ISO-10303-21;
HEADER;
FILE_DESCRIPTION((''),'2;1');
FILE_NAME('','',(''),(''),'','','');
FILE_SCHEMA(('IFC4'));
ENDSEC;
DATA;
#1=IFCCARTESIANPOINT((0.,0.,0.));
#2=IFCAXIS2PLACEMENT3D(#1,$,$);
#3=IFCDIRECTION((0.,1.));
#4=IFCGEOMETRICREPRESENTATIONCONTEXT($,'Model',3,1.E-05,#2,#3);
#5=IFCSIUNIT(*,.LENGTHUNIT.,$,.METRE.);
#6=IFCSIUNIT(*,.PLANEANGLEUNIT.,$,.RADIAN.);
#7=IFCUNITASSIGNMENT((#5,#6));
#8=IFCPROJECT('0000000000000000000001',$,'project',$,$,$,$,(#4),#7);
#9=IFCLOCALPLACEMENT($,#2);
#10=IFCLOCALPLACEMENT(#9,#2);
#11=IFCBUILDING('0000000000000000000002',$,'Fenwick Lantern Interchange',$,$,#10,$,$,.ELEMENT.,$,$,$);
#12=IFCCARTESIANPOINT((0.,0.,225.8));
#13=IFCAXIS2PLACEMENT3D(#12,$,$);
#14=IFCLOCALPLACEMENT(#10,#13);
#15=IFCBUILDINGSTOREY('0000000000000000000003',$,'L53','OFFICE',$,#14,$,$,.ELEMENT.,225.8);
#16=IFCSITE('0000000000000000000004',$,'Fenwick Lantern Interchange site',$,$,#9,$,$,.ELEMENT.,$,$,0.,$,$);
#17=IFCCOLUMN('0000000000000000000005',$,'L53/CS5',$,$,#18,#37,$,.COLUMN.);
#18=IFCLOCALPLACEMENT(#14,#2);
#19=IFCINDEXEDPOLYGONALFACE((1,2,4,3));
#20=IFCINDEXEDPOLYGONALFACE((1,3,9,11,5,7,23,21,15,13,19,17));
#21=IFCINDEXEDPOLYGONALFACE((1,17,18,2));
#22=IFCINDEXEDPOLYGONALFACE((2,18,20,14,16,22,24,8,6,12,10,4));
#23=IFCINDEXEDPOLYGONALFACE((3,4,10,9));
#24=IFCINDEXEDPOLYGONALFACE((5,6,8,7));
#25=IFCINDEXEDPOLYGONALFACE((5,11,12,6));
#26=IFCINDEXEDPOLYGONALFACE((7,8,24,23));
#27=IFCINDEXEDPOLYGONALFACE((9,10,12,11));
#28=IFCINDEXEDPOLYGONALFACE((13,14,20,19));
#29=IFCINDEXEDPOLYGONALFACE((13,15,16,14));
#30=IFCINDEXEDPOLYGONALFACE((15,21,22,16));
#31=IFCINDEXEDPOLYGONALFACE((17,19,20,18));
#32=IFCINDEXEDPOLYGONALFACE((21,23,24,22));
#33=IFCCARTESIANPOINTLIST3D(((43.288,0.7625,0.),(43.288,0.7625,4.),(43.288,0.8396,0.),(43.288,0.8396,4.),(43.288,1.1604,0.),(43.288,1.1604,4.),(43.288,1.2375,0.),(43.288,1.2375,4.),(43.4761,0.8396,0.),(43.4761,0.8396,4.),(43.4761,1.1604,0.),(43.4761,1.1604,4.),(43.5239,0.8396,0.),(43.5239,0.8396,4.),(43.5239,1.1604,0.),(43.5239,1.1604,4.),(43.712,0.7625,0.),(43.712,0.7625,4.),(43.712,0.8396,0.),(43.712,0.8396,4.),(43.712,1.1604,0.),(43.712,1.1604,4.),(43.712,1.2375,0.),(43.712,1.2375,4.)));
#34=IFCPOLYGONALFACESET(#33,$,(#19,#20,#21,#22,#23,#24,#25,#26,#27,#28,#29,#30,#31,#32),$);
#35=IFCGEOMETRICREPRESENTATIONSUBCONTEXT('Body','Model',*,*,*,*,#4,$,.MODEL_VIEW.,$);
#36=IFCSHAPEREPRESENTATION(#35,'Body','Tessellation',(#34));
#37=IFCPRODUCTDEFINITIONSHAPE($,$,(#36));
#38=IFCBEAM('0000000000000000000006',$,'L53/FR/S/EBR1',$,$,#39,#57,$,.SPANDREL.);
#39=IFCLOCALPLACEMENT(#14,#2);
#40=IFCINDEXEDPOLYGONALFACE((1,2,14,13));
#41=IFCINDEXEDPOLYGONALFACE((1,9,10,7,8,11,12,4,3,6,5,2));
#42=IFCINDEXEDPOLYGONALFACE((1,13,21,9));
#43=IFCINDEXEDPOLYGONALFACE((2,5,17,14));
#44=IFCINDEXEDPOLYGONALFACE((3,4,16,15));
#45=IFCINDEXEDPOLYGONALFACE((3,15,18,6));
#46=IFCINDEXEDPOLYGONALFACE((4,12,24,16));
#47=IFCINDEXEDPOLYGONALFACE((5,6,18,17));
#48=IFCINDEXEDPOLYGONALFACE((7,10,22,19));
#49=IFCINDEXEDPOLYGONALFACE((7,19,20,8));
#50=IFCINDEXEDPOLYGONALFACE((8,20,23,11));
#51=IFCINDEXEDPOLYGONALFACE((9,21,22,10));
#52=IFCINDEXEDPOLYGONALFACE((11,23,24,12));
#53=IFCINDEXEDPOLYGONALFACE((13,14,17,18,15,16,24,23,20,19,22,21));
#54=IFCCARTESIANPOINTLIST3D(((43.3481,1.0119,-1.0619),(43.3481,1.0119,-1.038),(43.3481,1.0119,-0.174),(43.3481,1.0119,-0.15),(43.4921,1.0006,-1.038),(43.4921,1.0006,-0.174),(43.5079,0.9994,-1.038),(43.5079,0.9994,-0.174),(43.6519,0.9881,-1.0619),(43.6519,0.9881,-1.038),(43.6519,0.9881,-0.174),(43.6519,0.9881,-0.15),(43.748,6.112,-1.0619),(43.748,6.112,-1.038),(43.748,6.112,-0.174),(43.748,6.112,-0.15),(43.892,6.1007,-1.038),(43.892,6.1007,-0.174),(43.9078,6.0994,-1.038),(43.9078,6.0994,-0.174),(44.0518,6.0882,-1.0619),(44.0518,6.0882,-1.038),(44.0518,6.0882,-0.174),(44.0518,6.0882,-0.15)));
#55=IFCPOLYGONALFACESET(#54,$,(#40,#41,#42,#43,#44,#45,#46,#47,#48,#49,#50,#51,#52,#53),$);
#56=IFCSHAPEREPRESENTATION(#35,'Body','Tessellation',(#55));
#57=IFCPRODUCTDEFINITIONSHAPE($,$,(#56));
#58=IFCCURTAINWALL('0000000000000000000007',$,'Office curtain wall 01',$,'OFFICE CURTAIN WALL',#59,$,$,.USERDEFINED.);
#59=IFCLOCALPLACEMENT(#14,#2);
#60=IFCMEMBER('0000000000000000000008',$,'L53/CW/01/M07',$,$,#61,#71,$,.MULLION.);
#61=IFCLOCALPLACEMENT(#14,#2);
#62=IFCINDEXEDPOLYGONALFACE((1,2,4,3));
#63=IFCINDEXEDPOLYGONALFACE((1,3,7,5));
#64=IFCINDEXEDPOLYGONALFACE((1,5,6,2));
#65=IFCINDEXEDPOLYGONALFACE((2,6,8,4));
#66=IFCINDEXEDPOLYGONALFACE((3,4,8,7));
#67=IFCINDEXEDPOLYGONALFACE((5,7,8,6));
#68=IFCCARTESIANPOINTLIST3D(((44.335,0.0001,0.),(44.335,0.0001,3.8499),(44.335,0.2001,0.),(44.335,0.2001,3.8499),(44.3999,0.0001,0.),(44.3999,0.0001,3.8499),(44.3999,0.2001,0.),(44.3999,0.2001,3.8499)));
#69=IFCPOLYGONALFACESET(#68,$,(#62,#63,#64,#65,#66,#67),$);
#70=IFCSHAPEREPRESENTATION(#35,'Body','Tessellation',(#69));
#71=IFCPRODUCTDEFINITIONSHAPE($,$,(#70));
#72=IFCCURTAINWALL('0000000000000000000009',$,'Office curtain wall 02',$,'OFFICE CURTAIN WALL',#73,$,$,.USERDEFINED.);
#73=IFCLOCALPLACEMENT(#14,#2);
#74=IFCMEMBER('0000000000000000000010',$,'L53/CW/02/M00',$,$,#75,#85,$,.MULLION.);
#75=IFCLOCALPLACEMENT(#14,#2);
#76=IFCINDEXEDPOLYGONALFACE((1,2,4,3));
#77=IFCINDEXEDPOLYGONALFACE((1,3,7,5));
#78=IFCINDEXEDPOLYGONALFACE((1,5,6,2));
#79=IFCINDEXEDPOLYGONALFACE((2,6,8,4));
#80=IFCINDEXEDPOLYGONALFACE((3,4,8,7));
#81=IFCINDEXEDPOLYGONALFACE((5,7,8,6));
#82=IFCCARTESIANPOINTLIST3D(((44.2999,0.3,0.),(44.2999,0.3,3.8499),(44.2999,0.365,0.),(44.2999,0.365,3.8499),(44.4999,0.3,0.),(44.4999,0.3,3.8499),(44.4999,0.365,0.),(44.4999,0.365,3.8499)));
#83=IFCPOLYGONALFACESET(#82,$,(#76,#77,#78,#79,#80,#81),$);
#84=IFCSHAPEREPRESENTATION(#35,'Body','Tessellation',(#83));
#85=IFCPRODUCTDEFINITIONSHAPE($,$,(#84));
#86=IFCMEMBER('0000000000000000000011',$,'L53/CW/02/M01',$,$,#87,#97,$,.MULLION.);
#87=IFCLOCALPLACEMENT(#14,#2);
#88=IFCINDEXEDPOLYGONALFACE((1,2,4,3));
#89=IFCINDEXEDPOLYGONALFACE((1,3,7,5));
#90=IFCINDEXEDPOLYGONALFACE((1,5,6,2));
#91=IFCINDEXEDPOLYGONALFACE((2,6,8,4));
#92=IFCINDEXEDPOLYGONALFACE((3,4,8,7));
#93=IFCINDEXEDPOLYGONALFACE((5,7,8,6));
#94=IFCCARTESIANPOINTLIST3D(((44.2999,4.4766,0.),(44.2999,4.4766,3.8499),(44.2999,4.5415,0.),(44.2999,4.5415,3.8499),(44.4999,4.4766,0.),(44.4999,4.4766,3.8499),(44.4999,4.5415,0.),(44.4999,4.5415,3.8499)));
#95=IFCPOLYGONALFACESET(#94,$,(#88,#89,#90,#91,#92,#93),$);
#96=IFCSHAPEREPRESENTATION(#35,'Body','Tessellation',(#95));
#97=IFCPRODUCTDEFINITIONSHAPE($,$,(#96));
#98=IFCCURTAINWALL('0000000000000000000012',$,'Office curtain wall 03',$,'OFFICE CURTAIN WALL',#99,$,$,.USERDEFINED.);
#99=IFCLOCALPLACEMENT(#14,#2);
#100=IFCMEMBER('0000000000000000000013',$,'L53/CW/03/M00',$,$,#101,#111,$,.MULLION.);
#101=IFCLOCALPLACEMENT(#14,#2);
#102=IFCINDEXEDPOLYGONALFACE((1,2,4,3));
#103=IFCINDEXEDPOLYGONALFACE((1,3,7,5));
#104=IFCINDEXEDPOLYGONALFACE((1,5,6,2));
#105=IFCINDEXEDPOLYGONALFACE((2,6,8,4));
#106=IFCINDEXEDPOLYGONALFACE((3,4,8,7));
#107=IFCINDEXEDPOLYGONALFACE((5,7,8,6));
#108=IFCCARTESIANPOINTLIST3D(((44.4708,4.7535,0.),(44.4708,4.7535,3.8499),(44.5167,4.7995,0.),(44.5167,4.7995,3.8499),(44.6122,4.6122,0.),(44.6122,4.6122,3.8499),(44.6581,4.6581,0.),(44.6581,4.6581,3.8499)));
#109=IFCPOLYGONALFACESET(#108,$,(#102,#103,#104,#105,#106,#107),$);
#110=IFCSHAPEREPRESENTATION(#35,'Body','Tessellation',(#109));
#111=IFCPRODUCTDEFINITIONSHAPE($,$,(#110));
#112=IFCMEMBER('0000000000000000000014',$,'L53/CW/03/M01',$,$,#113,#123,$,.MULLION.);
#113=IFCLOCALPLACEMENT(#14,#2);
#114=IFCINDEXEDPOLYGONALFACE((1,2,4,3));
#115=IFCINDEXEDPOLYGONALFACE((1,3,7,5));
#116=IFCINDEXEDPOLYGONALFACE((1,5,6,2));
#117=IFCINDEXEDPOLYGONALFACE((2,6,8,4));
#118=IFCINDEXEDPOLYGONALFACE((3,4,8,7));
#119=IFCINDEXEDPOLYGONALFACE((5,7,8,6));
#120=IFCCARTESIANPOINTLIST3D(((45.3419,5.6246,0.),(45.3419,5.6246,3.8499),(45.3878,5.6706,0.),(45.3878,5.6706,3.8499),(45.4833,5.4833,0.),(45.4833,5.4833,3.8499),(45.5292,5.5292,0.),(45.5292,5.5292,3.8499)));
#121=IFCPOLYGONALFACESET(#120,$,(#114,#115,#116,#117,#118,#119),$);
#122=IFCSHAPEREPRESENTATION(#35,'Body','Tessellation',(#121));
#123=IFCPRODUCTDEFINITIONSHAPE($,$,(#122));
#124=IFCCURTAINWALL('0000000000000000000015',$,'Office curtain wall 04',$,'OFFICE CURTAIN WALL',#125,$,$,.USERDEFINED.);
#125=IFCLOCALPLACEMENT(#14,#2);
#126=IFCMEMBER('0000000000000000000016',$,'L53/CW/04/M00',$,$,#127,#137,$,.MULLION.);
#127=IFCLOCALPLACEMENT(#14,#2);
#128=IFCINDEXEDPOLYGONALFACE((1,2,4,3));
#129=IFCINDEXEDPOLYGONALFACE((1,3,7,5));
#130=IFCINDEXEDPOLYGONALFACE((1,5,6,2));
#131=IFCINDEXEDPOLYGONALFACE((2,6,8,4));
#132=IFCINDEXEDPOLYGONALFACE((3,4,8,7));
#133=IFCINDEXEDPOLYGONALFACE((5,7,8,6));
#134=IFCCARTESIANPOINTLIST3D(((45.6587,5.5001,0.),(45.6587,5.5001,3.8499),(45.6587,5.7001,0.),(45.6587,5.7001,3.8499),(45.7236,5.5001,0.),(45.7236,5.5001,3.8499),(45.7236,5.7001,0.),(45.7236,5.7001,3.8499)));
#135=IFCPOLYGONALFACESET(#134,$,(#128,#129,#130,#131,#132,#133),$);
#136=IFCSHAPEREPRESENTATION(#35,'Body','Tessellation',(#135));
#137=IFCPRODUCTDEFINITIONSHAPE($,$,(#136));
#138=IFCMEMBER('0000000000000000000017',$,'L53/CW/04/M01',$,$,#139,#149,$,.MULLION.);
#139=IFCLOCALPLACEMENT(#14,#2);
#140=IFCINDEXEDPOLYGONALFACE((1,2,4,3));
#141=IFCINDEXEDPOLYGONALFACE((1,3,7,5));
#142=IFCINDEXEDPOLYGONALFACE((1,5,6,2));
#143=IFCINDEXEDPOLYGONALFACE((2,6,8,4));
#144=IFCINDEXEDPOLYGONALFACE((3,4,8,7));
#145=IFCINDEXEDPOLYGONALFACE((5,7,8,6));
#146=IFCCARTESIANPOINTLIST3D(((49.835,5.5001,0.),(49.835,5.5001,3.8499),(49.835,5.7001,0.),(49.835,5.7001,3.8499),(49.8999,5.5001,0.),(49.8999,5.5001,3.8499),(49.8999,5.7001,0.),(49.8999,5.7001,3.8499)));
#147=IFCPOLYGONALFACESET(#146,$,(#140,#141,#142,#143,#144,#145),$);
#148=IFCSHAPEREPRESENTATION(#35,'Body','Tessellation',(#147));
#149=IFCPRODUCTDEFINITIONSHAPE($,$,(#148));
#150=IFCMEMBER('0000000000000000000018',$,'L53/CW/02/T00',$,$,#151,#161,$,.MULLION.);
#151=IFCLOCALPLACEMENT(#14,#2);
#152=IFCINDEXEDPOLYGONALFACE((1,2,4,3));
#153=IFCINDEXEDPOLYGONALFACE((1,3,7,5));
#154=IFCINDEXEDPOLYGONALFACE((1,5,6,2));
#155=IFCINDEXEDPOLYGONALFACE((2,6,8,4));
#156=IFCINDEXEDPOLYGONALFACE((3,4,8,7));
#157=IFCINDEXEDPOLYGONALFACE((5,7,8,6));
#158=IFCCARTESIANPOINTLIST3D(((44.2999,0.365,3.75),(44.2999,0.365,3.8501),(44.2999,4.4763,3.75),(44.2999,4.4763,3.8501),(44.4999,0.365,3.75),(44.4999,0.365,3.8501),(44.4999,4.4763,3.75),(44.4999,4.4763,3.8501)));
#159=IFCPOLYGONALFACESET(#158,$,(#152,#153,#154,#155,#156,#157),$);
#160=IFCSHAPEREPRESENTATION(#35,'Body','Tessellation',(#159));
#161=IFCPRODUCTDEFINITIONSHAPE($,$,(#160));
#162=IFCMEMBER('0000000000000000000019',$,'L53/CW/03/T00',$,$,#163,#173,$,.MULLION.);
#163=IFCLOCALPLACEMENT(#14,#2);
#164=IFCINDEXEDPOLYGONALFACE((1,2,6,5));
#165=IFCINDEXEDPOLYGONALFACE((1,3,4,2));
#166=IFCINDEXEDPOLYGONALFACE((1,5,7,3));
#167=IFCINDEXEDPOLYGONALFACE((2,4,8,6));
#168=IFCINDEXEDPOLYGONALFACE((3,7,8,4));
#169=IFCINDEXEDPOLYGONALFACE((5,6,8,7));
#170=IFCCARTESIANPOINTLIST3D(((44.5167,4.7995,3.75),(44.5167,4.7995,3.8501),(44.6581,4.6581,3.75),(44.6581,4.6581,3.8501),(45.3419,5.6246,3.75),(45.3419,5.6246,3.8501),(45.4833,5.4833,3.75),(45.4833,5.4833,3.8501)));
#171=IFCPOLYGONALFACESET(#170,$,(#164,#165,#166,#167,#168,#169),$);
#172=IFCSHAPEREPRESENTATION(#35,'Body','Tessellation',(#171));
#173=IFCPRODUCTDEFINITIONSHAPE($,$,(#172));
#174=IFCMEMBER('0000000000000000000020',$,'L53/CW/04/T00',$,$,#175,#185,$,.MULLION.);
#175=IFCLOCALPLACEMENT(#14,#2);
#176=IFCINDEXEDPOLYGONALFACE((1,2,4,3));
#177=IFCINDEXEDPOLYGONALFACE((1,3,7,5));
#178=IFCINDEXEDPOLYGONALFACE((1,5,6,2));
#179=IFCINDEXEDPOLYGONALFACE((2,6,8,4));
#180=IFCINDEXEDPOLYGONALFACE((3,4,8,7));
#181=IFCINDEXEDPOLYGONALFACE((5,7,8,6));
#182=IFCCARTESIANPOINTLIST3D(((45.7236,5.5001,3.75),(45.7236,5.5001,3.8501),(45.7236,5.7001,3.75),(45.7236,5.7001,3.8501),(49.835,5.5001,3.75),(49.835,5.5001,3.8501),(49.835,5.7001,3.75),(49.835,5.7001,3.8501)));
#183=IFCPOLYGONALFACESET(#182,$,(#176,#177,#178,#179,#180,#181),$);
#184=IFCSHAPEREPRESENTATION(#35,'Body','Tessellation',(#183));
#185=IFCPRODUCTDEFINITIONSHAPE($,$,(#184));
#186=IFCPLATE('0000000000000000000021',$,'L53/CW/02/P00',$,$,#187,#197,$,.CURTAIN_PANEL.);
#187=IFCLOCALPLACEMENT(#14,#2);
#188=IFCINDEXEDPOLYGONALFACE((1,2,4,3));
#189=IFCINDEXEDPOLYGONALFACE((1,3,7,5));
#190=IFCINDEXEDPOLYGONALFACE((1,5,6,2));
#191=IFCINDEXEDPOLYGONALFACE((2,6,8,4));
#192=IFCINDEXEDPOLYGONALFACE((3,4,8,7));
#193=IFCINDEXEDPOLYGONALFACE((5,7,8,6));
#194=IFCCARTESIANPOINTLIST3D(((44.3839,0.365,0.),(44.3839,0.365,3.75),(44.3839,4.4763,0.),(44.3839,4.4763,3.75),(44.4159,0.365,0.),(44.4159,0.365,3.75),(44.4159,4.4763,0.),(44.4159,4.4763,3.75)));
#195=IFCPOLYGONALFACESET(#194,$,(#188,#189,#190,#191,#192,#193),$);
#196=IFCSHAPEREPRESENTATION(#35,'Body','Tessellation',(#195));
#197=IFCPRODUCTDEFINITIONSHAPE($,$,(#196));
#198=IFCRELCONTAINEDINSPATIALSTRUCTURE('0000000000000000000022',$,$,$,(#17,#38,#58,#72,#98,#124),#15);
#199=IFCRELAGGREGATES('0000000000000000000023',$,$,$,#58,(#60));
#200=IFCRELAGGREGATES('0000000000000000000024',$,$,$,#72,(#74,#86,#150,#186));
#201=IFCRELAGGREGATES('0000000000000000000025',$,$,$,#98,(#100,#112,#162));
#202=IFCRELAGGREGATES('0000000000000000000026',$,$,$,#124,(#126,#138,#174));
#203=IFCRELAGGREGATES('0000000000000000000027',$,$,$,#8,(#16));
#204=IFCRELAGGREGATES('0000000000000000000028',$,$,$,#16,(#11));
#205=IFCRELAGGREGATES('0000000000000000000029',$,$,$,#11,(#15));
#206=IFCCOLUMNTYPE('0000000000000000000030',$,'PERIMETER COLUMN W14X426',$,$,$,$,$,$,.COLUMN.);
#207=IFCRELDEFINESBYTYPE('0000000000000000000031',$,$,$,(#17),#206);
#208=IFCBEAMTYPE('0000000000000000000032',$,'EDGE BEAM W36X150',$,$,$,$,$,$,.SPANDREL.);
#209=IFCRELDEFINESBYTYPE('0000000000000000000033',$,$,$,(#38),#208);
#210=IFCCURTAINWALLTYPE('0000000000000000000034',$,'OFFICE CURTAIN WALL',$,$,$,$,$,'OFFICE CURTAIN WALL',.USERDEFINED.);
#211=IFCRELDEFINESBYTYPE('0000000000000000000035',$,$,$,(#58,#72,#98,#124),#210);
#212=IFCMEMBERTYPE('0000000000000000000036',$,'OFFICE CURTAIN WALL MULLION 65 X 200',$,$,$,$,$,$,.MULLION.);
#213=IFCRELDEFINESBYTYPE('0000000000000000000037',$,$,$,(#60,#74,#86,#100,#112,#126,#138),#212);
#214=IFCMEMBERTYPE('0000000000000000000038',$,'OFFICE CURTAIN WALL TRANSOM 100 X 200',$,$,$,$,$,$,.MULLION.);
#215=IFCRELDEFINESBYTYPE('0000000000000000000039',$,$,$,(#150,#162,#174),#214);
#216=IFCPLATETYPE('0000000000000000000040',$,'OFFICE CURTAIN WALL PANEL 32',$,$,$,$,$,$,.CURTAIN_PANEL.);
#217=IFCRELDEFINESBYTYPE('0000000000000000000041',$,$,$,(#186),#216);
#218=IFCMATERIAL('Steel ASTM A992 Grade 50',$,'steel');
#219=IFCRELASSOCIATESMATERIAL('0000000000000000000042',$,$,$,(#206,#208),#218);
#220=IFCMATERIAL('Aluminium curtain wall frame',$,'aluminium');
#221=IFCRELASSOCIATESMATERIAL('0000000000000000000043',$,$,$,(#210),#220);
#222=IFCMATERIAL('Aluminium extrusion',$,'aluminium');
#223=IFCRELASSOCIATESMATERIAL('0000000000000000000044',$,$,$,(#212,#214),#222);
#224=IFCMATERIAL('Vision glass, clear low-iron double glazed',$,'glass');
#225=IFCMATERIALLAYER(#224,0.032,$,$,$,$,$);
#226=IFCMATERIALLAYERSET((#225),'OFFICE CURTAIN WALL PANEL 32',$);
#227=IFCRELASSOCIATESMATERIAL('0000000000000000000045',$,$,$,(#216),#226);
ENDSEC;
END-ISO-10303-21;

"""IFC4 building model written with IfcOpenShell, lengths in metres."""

from ifc_helpers import new_model, si_unit, direction, frame, origin, origin_2d, place, context, subcontext, project, spatial, rectangle, i_section, extrude, material, layer, layer_set, material_profile, profile_set, type_object, element, aggregate, save


model = new_model("IFC4")

# Units and contexts
model_context = context("Model", 3, precision=1e-05, world=origin(), true_north=direction((0.0, 1.0)))
body_context = subcontext(model_context, "Body", "Model", "MODEL_VIEW")
ifc_project = project(units=[si_unit("LENGTHUNIT", "METRE"), si_unit("PLANEANGLEUNIT", "RADIAN")], contexts=[model_context])

# Site, building, storey
site_placement = place(None, origin())
site = spatial("IfcSite", under=ifc_project, at=site_placement, Name="Fenwick Lantern Interchange site", CompositionType="ELEMENT", RefElevation=0.0)
building_placement = place(site_placement, origin())
building = spatial("IfcBuilding", under=site, at=building_placement, Name="Fenwick Lantern Interchange", CompositionType="ELEMENT")
storey_placement = place(building_placement, frame((0.0, 0.0, 225.8)))
storey = spatial("IfcBuildingStorey", under=building, at=storey_placement, Name="L53", Description="OFFICE", CompositionType="ELEMENT", Elevation=225.8)

# Column
ifc_material_1 = material(Name="Steel ASTM A992 Grade 50", Category="steel")
ifc_material_profile_1 = material_profile(ifc_material_1, i_section(OverallWidth=0.4241, OverallDepth=0.4751, WebThickness=0.0479, FlangeThickness=0.0771, at=origin_2d()), Name="W14X426")
ifc_profile_set_1 = profile_set([ifc_material_profile_1], Name="Steel ASTM A992 Grade 50")
column_type = type_object("IfcColumnType", Name="PERIMETER COLUMN W14X426", PredefinedType="COLUMN", material=ifc_profile_set_1)
column_placement = place(storey_placement, frame((43.5, 1.0, 0.0), z_axis=(0.0, 0.0, 1.0), x_axis=(1.0, 0.0, 0.0)))
element("IfcColumn", 1, at=column_placement, inside=storey, type_object=column_type, Name="L53/CS5", PredefinedType="COLUMN", context=body_context, shape_type="SweptSolid", body=[
    extrude(i_section(OverallWidth=0.4241, OverallDepth=0.4751, WebThickness=0.0479, FlangeThickness=0.0771, at=origin_2d()), origin(), (0.0, 0.0, 1.0), 4.0),
])

# Beam
ifc_material_profile_2 = material_profile(ifc_material_1, i_section(OverallWidth=0.3047, OverallDepth=0.9119, WebThickness=0.0159, FlangeThickness=0.0239, at=origin_2d()), Name="W36X150")
ifc_profile_set_2 = profile_set([ifc_material_profile_2], Name="Steel ASTM A992 Grade 50")
beam_type = type_object("IfcBeamType", Name="EDGE BEAM W36X150", PredefinedType="SPANDREL", material=ifc_profile_set_2)
beam_placement = place(storey_placement, frame((43.5, 1.0, -0.606), z_axis=(0.078171, 0.99694, 0.0), x_axis=(-0.99694, 0.078171, 0.0)))
element("IfcBeam", 2, at=beam_placement, inside=storey, type_object=beam_type, Name="L53/FR/S/EBR1", PredefinedType="SPANDREL", context=body_context, shape_type="SweptSolid", body=[
    extrude(i_section(OverallWidth=0.3047, OverallDepth=0.9119, WebThickness=0.0159, FlangeThickness=0.0239, at=origin_2d()), origin(), (0.0, 0.0, 1.0), 5.1157),
])

# Curtain wall, member
ifc_material_2 = material(Name="Aluminium curtain wall frame", Category="aluminium")
curtain_wall_type = type_object("IfcCurtainWallType", Name="OFFICE CURTAIN WALL", ElementType="OFFICE CURTAIN WALL", PredefinedType="USERDEFINED", material=ifc_material_2)
curtain_wall_1_placement = place(storey_placement, origin())
curtain_wall_1 = element("IfcCurtainWall", 3, at=curtain_wall_1_placement, inside=storey, type_object=curtain_wall_type, Name="Office curtain wall 01", ObjectType="OFFICE CURTAIN WALL", PredefinedType="USERDEFINED")
ifc_material_3 = material(Name="Aluminium extrusion", Category="aluminium")
ifc_material_profile_3 = material_profile(ifc_material_3, rectangle(XDim=0.2, YDim=0.0649, at=origin_2d()), Name="OFFICE CURTAIN WALL MULLION 65 X 200")
ifc_profile_set_3 = profile_set([ifc_material_profile_3], Name="Aluminium extrusion")
member_type_1 = type_object("IfcMemberType", Name="OFFICE CURTAIN WALL MULLION 65 X 200", PredefinedType="MULLION", material=ifc_profile_set_3)
member_1_placement = place(storey_placement, frame((44.3674, 0.1001, 0.0), z_axis=(0.0, 0.0, 1.0), x_axis=(0.0, 1.0, 0.0)))
member_1 = element("IfcMember", 4, at=member_1_placement, type_object=member_type_1, Name="L53/CW/01/M07", PredefinedType="MULLION", context=body_context, shape_type="SweptSolid", body=[
    extrude(rectangle(XDim=0.2, YDim=0.0649, at=origin_2d()), origin(), (0.0, 0.0, 1.0), 3.8499),
])
aggregate(curtain_wall_1, [member_1])

# Curtain walls, members
curtain_wall_2_placement = place(storey_placement, origin())
curtain_wall_2 = element("IfcCurtainWall", 5, at=curtain_wall_2_placement, inside=storey, type_object=curtain_wall_type, Name="Office curtain wall 02", ObjectType="OFFICE CURTAIN WALL", PredefinedType="USERDEFINED")
member_2_placement = place(storey_placement, frame((44.3999, 0.3325, 0.0), z_axis=(0.0, 0.0, 1.0), x_axis=(-1.0, 0.0, 0.0)))
member_2 = element("IfcMember", 6, at=member_2_placement, type_object=member_type_1, Name="L53/CW/02/M00", PredefinedType="MULLION", context=body_context, shape_type="SweptSolid", body=[
    extrude(rectangle(XDim=0.2, YDim=0.0649, at=origin_2d()), origin(), (0.0, 0.0, 1.0), 3.8499),
])
member_3_placement = place(storey_placement, frame((44.3999, 4.509, 0.0), z_axis=(0.0, 0.0, 1.0), x_axis=(-1.0, 0.0, 0.0)))
member_3 = element("IfcMember", 7, at=member_3_placement, type_object=member_type_1, Name="L53/CW/02/M01", PredefinedType="MULLION", context=body_context, shape_type="SweptSolid", body=[
    extrude(rectangle(XDim=0.2, YDim=0.0649, at=origin_2d()), origin(), (0.0, 0.0, 1.0), 3.8499),
])
curtain_wall_3_placement = place(storey_placement, origin())
curtain_wall_3 = element("IfcCurtainWall", 8, at=curtain_wall_3_placement, inside=storey, type_object=curtain_wall_type, Name="Office curtain wall 03", ObjectType="OFFICE CURTAIN WALL", PredefinedType="USERDEFINED")
member_4_placement = place(storey_placement, frame((44.5645, 4.7058, 0.0), z_axis=(0.0, 0.0, 1.0), x_axis=(-0.707107, 0.707107, 0.0)))
member_4 = element("IfcMember", 9, at=member_4_placement, type_object=member_type_1, Name="L53/CW/03/M00", PredefinedType="MULLION", context=body_context, shape_type="SweptSolid", body=[
    extrude(rectangle(XDim=0.2, YDim=0.0649, at=origin_2d()), origin(), (0.0, 0.0, 1.0), 3.8499),
])
member_5_placement = place(storey_placement, frame((45.4355, 5.5769, 0.0), z_axis=(0.0, 0.0, 1.0), x_axis=(-0.707107, 0.707107, 0.0)))
member_5 = element("IfcMember", 10, at=member_5_placement, type_object=member_type_1, Name="L53/CW/03/M01", PredefinedType="MULLION", context=body_context, shape_type="SweptSolid", body=[
    extrude(rectangle(XDim=0.2, YDim=0.0649, at=origin_2d()), origin(), (0.0, 0.0, 1.0), 3.8499),
])
curtain_wall_4_placement = place(storey_placement, origin())
curtain_wall_4 = element("IfcCurtainWall", 11, at=curtain_wall_4_placement, inside=storey, type_object=curtain_wall_type, Name="Office curtain wall 04", ObjectType="OFFICE CURTAIN WALL", PredefinedType="USERDEFINED")
member_6_placement = place(storey_placement, frame((45.6912, 5.6001, 0.0), z_axis=(0.0, 0.0, 1.0), x_axis=(0.0, 1.0, 0.0)))
member_6 = element("IfcMember", 12, at=member_6_placement, type_object=member_type_1, Name="L53/CW/04/M00", PredefinedType="MULLION", context=body_context, shape_type="SweptSolid", body=[
    extrude(rectangle(XDim=0.2, YDim=0.0649, at=origin_2d()), origin(), (0.0, 0.0, 1.0), 3.8499),
])
member_7_placement = place(storey_placement, frame((49.8674, 5.6001, 0.0), z_axis=(0.0, 0.0, 1.0), x_axis=(0.0, 1.0, 0.0)))
member_7 = element("IfcMember", 13, at=member_7_placement, type_object=member_type_1, Name="L53/CW/04/M01", PredefinedType="MULLION", context=body_context, shape_type="SweptSolid", body=[
    extrude(rectangle(XDim=0.2, YDim=0.0649, at=origin_2d()), origin(), (0.0, 0.0, 1.0), 3.8499),
])

# Members
ifc_material_profile_4 = material_profile(ifc_material_3, rectangle(XDim=0.2, YDim=0.1001, at=origin_2d()), Name="OFFICE CURTAIN WALL TRANSOM 100 X 200")
ifc_profile_set_4 = profile_set([ifc_material_profile_4], Name="Aluminium extrusion")
member_type_2 = type_object("IfcMemberType", Name="OFFICE CURTAIN WALL TRANSOM 100 X 200", PredefinedType="MULLION", material=ifc_profile_set_4)
member_8_placement = place(storey_placement, frame((44.3999, 0.365, 3.8), z_axis=(0.0, 1.0, 0.0), x_axis=(-1.0, 0.0, 0.0)))
member_8 = element("IfcMember", 14, at=member_8_placement, type_object=member_type_2, Name="L53/CW/02/T00", PredefinedType="MULLION", context=body_context, shape_type="SweptSolid", body=[
    extrude(rectangle(XDim=0.2, YDim=0.1001, at=origin_2d()), origin(), (0.0, 0.0, 1.0), 4.1113),
])
member_9_placement = place(storey_placement, frame((44.5874, 4.7288, 3.8), z_axis=(0.707107, 0.707107, 0.0), x_axis=(-0.707107, 0.707107, 0.0)))
member_9 = element("IfcMember", 15, at=member_9_placement, type_object=member_type_2, Name="L53/CW/03/T00", PredefinedType="MULLION", context=body_context, shape_type="SweptSolid", body=[
    extrude(rectangle(XDim=0.2, YDim=0.1001, at=origin_2d()), origin(), (0.0, 0.0, 1.0), 1.167),
])
member_10_placement = place(storey_placement, frame((45.7236, 5.6001, 3.8), z_axis=(1.0, 0.0, 0.0), x_axis=(0.0, 1.0, 0.0)))
member_10 = element("IfcMember", 16, at=member_10_placement, type_object=member_type_2, Name="L53/CW/04/T00", PredefinedType="MULLION", context=body_context, shape_type="SweptSolid", body=[
    extrude(rectangle(XDim=0.2, YDim=0.1001, at=origin_2d()), origin(), (0.0, 0.0, 1.0), 4.1113),
])

# Plate
ifc_material_4 = material(Name="Vision glass, clear low-iron double glazed", Category="glass")
ifc_layer_1 = layer(ifc_material_4, 0.032)
ifc_layer_set_1 = layer_set([ifc_layer_1], Name="OFFICE CURTAIN WALL PANEL 32")
plate_type = type_object("IfcPlateType", Name="OFFICE CURTAIN WALL PANEL 32", PredefinedType="CURTAIN_PANEL", material=ifc_layer_set_1)
plate_1_placement = place(storey_placement, frame((44.3999, 2.4207, 0.0), z_axis=(0.0, 0.0, 1.0), x_axis=(0.0, 1.0, 0.0)))
plate_1 = element("IfcPlate", 17, at=plate_1_placement, type_object=plate_type, Name="L53/CW/02/P00", PredefinedType="CURTAIN_PANEL", context=body_context, shape_type="SweptSolid", body=[
    extrude(rectangle(XDim=4.1113, YDim=0.032, at=origin_2d()), origin(), (0.0, 0.0, 1.0), 3.75),
])
aggregate(curtain_wall_2, [member_2, member_3, member_8, plate_1])
aggregate(curtain_wall_3, [member_4, member_5, member_9])
aggregate(curtain_wall_4, [member_6, member_7, member_10])

save(model, "model.ifc")
